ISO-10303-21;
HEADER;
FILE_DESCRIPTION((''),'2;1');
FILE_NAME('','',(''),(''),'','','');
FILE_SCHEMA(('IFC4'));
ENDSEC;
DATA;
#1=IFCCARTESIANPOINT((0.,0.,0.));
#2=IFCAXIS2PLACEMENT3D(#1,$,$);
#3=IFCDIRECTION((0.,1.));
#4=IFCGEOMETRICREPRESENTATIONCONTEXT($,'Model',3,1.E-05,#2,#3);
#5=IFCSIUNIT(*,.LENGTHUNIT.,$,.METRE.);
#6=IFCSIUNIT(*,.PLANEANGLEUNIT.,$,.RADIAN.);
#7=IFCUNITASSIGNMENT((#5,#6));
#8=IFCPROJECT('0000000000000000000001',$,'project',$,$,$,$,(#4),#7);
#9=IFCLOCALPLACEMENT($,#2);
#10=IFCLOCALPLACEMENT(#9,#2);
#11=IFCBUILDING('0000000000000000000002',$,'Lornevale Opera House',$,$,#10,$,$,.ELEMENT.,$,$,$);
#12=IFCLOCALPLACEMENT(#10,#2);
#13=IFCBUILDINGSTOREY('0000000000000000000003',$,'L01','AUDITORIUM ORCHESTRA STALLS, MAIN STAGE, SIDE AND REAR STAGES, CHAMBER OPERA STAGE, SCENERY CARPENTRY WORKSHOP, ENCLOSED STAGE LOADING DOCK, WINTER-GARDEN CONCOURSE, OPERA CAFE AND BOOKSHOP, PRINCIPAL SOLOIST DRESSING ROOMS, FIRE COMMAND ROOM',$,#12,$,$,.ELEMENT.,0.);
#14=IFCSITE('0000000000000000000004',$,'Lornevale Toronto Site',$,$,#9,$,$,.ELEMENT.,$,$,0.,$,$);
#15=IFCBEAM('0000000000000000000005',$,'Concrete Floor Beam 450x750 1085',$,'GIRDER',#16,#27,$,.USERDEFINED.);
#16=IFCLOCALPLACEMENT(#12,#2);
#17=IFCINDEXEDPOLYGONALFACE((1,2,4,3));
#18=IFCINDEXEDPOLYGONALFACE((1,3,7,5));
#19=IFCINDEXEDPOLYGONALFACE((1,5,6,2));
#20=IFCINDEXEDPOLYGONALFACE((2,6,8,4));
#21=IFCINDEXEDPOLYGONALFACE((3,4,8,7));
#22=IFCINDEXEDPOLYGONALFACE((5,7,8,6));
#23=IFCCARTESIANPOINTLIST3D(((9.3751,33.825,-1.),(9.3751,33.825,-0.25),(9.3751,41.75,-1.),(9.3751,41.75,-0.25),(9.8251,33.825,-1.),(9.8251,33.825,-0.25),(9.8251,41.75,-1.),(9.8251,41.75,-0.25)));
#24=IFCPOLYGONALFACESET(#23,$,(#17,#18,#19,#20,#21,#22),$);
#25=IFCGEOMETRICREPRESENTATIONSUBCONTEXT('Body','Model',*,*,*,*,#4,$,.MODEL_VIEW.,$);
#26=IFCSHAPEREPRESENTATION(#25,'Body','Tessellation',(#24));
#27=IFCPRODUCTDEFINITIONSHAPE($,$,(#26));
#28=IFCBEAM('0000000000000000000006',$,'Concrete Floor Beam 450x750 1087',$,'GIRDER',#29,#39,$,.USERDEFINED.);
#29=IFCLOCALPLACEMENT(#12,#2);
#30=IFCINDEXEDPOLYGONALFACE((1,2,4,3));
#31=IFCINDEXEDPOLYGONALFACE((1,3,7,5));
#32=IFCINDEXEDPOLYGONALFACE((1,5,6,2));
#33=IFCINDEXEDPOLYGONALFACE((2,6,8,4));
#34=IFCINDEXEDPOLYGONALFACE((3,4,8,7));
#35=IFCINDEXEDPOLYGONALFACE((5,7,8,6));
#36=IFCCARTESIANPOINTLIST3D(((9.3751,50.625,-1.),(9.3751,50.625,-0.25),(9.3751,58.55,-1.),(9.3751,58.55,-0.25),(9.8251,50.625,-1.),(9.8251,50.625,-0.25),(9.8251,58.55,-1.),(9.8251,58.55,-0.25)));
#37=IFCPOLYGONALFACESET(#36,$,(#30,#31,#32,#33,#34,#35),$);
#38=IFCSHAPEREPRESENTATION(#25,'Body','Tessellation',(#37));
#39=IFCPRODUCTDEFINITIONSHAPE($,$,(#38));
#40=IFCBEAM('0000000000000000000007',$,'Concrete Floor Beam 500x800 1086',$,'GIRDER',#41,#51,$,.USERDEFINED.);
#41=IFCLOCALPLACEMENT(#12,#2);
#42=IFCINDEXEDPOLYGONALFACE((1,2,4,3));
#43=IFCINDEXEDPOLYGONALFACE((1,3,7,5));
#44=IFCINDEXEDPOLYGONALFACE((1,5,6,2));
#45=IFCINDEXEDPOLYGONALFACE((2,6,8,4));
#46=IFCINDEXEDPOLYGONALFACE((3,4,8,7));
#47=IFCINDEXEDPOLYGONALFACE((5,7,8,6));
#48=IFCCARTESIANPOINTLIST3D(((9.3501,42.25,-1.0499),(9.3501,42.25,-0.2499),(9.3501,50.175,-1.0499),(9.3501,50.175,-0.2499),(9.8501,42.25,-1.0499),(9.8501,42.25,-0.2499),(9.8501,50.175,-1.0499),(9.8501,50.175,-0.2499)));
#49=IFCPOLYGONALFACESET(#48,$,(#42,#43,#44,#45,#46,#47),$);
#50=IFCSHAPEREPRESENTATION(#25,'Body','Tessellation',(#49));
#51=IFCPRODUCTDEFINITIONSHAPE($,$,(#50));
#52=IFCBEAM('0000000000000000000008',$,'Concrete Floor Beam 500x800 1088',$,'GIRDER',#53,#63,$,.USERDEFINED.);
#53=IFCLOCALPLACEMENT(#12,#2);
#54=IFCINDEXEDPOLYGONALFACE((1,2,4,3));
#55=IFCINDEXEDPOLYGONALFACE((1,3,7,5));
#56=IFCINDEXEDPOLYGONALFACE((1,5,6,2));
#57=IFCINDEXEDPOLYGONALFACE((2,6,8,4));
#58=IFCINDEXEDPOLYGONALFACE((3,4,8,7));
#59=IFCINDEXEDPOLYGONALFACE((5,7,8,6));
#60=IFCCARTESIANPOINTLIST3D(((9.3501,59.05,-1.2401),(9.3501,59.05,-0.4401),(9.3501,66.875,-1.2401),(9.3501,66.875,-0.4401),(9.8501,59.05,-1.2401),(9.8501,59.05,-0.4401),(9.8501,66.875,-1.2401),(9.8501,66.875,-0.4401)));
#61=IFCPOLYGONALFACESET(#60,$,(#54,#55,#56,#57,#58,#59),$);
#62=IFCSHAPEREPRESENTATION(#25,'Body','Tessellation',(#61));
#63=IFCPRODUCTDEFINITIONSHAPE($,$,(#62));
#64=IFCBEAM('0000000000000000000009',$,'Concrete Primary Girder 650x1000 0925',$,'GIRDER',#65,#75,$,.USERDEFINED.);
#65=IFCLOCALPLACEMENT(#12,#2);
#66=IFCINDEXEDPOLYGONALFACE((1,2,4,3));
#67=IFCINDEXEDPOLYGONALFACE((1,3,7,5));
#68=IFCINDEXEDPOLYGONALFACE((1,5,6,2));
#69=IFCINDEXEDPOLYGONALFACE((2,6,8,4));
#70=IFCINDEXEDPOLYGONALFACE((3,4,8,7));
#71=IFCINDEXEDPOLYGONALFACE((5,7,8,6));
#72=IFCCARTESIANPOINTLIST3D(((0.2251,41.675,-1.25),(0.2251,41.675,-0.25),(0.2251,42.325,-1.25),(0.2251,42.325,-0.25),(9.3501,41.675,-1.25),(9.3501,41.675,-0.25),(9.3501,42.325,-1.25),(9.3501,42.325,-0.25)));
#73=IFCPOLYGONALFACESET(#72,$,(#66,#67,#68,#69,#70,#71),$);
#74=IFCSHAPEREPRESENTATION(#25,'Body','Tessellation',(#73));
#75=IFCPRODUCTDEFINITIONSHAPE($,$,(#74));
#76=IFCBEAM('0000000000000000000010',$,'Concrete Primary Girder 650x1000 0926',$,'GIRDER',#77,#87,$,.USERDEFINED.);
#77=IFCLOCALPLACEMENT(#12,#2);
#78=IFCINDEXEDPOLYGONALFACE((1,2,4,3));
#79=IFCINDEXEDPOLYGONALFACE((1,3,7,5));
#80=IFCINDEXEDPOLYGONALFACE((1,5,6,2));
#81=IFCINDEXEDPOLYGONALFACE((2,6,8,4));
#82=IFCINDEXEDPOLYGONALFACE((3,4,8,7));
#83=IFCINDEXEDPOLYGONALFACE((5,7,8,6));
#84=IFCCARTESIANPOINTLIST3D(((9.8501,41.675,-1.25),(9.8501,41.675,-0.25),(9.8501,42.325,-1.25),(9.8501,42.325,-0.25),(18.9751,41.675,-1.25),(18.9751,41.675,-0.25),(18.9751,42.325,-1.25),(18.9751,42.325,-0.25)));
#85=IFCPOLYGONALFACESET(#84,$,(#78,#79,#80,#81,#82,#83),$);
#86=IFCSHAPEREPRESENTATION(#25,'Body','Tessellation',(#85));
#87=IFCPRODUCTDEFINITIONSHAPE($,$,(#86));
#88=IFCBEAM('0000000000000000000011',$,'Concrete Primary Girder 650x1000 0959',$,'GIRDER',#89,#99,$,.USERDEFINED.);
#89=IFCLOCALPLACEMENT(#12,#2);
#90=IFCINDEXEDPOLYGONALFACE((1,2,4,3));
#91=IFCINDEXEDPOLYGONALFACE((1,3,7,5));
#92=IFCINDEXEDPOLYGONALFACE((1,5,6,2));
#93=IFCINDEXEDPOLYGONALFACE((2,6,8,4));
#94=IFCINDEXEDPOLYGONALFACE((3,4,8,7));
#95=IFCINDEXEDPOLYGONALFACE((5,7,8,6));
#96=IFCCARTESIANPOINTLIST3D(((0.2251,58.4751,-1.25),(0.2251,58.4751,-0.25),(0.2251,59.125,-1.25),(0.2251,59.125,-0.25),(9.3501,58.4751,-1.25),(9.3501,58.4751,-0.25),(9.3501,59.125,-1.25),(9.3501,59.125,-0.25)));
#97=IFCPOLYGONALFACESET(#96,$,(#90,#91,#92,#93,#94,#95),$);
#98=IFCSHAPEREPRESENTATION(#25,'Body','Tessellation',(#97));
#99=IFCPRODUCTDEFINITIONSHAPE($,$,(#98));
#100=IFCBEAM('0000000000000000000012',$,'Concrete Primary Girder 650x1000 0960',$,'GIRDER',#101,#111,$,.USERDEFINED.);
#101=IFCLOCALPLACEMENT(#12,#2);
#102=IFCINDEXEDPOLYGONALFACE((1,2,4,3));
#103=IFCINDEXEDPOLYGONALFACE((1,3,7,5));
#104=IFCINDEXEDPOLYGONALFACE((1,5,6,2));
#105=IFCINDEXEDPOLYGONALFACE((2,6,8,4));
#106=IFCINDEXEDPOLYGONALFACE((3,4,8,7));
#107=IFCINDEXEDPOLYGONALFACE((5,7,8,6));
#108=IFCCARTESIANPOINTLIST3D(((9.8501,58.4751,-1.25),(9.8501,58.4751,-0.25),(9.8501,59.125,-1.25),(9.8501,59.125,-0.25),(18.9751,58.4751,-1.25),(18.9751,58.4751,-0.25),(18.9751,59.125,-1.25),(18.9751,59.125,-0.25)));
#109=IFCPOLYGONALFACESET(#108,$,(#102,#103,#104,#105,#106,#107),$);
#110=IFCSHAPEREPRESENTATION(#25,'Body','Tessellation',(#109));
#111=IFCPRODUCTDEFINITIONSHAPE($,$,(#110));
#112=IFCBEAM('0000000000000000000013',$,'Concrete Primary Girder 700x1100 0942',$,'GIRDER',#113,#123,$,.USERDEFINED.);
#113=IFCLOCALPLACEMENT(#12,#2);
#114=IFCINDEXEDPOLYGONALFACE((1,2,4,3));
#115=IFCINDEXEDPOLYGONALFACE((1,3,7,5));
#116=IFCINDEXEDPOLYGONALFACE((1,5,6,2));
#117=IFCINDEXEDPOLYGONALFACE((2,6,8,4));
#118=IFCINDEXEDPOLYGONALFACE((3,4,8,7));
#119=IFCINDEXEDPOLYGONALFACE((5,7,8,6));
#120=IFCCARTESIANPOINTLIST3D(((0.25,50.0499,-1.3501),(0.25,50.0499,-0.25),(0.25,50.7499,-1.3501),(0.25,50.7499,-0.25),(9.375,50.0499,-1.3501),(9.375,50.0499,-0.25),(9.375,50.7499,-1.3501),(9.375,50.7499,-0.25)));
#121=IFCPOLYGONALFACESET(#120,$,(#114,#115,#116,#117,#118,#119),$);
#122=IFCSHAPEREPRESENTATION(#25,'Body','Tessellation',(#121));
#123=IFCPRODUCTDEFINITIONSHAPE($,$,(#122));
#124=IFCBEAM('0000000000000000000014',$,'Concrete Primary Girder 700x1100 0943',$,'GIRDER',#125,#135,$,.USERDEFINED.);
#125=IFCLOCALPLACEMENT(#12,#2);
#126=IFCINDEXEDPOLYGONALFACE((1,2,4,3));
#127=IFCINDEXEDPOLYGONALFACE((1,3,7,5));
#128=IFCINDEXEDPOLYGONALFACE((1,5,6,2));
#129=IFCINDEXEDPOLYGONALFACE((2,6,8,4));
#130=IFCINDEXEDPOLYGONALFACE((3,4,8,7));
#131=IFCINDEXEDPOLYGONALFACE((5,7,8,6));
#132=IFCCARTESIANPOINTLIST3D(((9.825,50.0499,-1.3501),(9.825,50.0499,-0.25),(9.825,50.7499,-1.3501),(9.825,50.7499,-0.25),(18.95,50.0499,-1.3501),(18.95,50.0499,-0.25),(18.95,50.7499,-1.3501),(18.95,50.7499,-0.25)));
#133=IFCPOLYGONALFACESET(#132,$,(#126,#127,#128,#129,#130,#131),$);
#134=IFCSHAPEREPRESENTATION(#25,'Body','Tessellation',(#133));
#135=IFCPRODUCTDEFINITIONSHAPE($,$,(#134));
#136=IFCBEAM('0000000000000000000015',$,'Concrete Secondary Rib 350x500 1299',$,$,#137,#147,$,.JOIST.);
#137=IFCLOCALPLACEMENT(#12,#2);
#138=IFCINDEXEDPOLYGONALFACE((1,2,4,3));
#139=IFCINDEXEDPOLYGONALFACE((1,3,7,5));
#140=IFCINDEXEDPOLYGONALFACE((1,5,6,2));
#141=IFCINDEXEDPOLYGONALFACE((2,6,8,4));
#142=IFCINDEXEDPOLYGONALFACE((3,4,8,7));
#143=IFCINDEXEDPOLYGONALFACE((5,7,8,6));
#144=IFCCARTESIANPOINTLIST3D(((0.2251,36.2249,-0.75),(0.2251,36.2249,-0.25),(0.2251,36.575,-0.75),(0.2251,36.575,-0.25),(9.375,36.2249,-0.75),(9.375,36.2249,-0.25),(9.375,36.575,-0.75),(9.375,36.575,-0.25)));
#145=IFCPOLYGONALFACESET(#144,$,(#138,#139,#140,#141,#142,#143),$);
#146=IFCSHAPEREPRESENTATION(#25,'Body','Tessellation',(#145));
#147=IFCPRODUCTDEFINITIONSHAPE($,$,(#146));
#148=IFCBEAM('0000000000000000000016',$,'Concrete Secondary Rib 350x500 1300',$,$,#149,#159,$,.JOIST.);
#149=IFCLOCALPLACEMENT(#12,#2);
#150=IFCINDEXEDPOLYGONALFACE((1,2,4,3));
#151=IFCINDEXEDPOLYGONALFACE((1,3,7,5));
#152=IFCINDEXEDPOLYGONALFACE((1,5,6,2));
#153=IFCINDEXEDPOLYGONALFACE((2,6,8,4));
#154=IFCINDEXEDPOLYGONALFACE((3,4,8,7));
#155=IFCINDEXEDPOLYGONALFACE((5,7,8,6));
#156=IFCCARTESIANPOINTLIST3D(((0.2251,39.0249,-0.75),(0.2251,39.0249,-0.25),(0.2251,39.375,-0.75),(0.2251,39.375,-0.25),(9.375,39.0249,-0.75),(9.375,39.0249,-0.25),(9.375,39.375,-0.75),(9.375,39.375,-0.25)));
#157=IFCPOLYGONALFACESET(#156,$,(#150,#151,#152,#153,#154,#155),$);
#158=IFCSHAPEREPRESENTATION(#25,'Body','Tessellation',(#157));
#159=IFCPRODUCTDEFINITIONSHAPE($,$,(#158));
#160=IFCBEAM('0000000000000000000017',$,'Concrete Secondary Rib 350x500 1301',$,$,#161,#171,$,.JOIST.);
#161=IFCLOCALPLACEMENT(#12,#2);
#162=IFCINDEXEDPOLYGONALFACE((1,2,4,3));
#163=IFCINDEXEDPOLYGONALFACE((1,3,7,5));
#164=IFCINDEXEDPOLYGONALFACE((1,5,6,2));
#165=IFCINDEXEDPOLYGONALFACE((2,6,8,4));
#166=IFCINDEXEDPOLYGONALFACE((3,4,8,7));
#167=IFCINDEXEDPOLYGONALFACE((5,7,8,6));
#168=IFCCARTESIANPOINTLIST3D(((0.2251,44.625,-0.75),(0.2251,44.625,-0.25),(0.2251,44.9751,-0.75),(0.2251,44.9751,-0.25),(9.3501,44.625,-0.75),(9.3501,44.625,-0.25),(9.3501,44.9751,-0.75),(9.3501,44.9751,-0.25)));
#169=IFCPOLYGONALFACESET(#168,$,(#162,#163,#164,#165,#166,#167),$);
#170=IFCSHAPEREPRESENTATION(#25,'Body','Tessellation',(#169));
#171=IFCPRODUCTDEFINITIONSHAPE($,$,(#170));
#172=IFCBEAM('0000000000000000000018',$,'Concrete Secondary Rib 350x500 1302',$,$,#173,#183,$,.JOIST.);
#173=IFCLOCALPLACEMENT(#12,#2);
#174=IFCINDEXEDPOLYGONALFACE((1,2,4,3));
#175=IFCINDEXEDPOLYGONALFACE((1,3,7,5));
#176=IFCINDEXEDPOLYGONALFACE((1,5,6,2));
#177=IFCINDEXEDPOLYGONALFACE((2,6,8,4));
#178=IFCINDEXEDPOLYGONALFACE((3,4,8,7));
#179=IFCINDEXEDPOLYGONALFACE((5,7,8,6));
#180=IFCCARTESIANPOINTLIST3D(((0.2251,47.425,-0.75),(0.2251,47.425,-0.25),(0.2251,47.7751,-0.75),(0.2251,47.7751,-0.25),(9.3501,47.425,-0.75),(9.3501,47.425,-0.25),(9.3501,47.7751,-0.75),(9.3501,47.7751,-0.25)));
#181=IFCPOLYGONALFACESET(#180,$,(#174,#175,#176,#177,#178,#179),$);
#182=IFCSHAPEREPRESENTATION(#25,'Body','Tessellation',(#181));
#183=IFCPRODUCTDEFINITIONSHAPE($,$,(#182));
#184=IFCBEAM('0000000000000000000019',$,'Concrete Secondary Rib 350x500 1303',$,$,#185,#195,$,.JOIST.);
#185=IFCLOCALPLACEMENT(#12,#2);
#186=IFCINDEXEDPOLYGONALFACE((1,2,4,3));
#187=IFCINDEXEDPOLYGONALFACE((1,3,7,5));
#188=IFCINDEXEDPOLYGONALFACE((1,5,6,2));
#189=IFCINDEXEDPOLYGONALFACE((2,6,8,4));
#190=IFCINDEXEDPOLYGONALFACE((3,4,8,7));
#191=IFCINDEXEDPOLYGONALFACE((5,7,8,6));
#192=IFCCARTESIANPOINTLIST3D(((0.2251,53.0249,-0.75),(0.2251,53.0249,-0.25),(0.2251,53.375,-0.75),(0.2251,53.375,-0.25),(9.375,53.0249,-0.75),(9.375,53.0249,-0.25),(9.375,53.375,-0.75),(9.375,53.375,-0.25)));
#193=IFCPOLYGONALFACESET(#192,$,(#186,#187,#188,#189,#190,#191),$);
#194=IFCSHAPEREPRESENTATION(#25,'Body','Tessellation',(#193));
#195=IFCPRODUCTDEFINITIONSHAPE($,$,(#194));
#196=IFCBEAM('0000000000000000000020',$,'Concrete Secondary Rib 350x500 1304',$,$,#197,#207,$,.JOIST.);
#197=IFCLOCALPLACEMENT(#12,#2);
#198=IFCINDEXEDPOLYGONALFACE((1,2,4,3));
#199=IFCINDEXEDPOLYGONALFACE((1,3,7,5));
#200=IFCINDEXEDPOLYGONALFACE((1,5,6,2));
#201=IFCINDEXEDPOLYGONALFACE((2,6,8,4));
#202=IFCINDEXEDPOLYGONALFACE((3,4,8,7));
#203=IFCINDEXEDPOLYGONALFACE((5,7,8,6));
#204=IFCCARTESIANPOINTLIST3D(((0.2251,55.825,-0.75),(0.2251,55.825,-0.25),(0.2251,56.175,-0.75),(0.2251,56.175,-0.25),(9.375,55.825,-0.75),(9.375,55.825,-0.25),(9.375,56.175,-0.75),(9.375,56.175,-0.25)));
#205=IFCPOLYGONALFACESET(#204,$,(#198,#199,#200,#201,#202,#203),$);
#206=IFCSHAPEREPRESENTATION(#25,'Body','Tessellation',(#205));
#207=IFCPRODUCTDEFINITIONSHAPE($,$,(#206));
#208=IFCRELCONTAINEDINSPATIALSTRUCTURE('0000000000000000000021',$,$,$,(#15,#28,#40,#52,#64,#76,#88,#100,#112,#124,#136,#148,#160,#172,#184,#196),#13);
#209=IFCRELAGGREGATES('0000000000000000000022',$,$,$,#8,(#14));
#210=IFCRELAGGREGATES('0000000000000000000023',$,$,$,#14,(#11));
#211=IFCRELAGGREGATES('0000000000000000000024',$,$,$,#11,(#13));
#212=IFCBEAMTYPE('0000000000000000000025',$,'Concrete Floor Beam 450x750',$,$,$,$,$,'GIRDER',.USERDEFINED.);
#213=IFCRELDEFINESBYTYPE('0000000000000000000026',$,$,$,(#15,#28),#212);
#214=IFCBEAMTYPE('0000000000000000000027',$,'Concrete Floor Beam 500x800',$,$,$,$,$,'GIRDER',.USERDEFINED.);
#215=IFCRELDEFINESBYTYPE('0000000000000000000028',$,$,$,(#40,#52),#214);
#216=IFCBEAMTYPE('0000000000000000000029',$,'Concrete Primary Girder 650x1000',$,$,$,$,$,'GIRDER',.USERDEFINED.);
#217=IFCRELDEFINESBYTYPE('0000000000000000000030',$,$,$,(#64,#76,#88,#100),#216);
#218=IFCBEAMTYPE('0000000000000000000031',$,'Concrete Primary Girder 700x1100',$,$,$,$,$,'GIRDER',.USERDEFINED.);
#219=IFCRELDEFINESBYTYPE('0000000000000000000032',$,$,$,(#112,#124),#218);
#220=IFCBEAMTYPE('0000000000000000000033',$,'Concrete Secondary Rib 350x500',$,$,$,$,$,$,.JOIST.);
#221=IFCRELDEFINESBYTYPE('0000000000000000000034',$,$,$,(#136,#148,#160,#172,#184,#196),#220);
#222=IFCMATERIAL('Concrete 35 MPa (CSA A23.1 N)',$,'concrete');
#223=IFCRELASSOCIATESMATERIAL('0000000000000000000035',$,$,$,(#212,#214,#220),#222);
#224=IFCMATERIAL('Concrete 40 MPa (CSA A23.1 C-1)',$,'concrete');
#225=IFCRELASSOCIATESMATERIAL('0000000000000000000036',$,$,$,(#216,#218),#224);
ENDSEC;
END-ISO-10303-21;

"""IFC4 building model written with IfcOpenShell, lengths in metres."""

from ifc_helpers import new_model, si_unit, direction, frame, origin, origin_2d, place, context, subcontext, project, spatial, rectangle, extrude, material, material_profile, profile_set, type_object, element, save


model = new_model("IFC4")

# Units and contexts
model_context = context("Model", 3, precision=1e-05, world=origin(), true_north=direction((0.0, 1.0)))
body_context = subcontext(model_context, "Body", "Model", "MODEL_VIEW")
ifc_project = project(units=[si_unit("LENGTHUNIT", "METRE"), si_unit("PLANEANGLEUNIT", "RADIAN")], contexts=[model_context])

# Site, building, storey
site_placement = place(None, origin())
site = spatial("IfcSite", under=ifc_project, at=site_placement, Name="Lornevale Toronto Site", CompositionType="ELEMENT", RefElevation=0.0)
building_placement = place(site_placement, origin())
building = spatial("IfcBuilding", under=site, at=building_placement, Name="Lornevale Opera House", CompositionType="ELEMENT")
storey_placement = place(building_placement, origin())
storey = spatial("IfcBuildingStorey", under=building, at=storey_placement, Name="L01", Description="AUDITORIUM ORCHESTRA STALLS, MAIN STAGE, SIDE AND REAR STAGES, CHAMBER OPERA STAGE, SCENERY CARPENTRY WORKSHOP, ENCLOSED STAGE LOADING DOCK, WINTER-GARDEN CONCOURSE, OPERA CAFE AND BOOKSHOP, PRINCIPAL SOLOIST DRESSING ROOMS, FIRE COMMAND ROOM", CompositionType="ELEMENT", Elevation=0.0)

# Beams
ifc_material_1 = material(Name="Concrete 35 MPa (CSA A23.1 N)", Category="concrete")
ifc_material_profile_1 = material_profile(ifc_material_1, rectangle(XDim=0.45, YDim=0.75, at=origin_2d()), Name="RC450x750")
ifc_profile_set_1 = profile_set([ifc_material_profile_1], Name="Concrete 35 MPa (CSA A23.1 N)")
beam_type_1 = type_object("IfcBeamType", Name="Concrete Floor Beam 450x750", ElementType="GIRDER", PredefinedType="USERDEFINED", material=ifc_profile_set_1)
for number, where, z_axis, x_axis, name in (
    (1, (9.6001, 33.825, -0.625), (0.0, 1.0, 0.0), (-1.0, 0.0, 0.0), "Concrete Floor Beam 450x750 1085"),
    (2, (9.6001, 50.625, -0.625), (0.0, 1.0, 0.0), (-1.0, 0.0, 0.0), "Concrete Floor Beam 450x750 1087"),
):
    element("IfcBeam", number, at=place(storey_placement, frame(where, z_axis=z_axis, x_axis=x_axis)), inside=storey, type_object=beam_type_1, Name=name, ObjectType="GIRDER", PredefinedType="USERDEFINED", context=body_context, shape_type="SweptSolid", body=[
        extrude(rectangle(XDim=0.45, YDim=0.75, at=origin_2d()), origin(), (0.0, 0.0, 1.0), 7.925),
    ])
ifc_material_profile_2 = material_profile(ifc_material_1, rectangle(XDim=0.5, YDim=0.8, at=origin_2d()), Name="RC500x800")
ifc_profile_set_2 = profile_set([ifc_material_profile_2], Name="Concrete 35 MPa (CSA A23.1 N)")
beam_type_2 = type_object("IfcBeamType", Name="Concrete Floor Beam 500x800", ElementType="GIRDER", PredefinedType="USERDEFINED", material=ifc_profile_set_2)
beam_1_placement = place(storey_placement, frame((9.6001, 42.25, -0.6499), z_axis=(0.0, 1.0, 0.0), x_axis=(-1.0, 0.0, 0.0)))
element("IfcBeam", 3, at=beam_1_placement, inside=storey, type_object=beam_type_2, Name="Concrete Floor Beam 500x800 1086", ObjectType="GIRDER", PredefinedType="USERDEFINED", context=body_context, shape_type="SweptSolid", body=[
    extrude(rectangle(XDim=0.5, YDim=0.8, at=origin_2d()), origin(), (0.0, 0.0, 1.0), 7.925),
])
beam_2_placement = place(storey_placement, frame((9.6001, 59.05, -0.8401), z_axis=(0.0, 1.0, 0.0), x_axis=(-1.0, 0.0, 0.0)))
element("IfcBeam", 4, at=beam_2_placement, inside=storey, type_object=beam_type_2, Name="Concrete Floor Beam 500x800 1088", ObjectType="GIRDER", PredefinedType="USERDEFINED", context=body_context, shape_type="SweptSolid", body=[
    extrude(rectangle(XDim=0.5, YDim=0.8, at=origin_2d()), origin(), (0.0, 0.0, 1.0), 7.825),
])
ifc_material_2 = material(Name="Concrete 40 MPa (CSA A23.1 C-1)", Category="concrete")
ifc_material_profile_3 = material_profile(ifc_material_2, rectangle(XDim=0.6499, YDim=1.0, at=origin_2d()), Name="RC650x1000")
ifc_profile_set_3 = profile_set([ifc_material_profile_3], Name="Concrete 40 MPa (CSA A23.1 C-1)")
beam_type_3 = type_object("IfcBeamType", Name="Concrete Primary Girder 650x1000", ElementType="GIRDER", PredefinedType="USERDEFINED", material=ifc_profile_set_3)
for number, where, z_axis, x_axis, name in (
    (5, (0.2251, 42.0, -0.75), (1.0, 0.0, 0.0), (0.0, 1.0, 0.0), "Concrete Primary Girder 650x1000 0925"),
    (6, (9.8501, 42.0, -0.75), (1.0, 0.0, 0.0), (0.0, 1.0, 0.0), "Concrete Primary Girder 650x1000 0926"),
    (7, (0.2251, 58.8, -0.75), (1.0, 0.0, 0.0), (0.0, 1.0, 0.0), "Concrete Primary Girder 650x1000 0959"),
    (8, (9.8501, 58.8, -0.75), (1.0, 0.0, 0.0), (0.0, 1.0, 0.0), "Concrete Primary Girder 650x1000 0960"),
):
    element("IfcBeam", number, at=place(storey_placement, frame(where, z_axis=z_axis, x_axis=x_axis)), inside=storey, type_object=beam_type_3, Name=name, ObjectType="GIRDER", PredefinedType="USERDEFINED", context=body_context, shape_type="SweptSolid", body=[
        extrude(rectangle(XDim=0.6499, YDim=1.0, at=origin_2d()), origin(), (0.0, 0.0, 1.0), 9.125),
    ])
ifc_material_profile_4 = material_profile(ifc_material_2, rectangle(XDim=0.7, YDim=1.1001, at=origin_2d()), Name="RC700x1100")
ifc_profile_set_4 = profile_set([ifc_material_profile_4], Name="Concrete 40 MPa (CSA A23.1 C-1)")
beam_type_4 = type_object("IfcBeamType", Name="Concrete Primary Girder 700x1100", ElementType="GIRDER", PredefinedType="USERDEFINED", material=ifc_profile_set_4)
for number, where, z_axis, x_axis, name in (
    (9, (0.25, 50.3999, -0.8), (1.0, 0.0, 0.0), (0.0, 1.0, 0.0), "Concrete Primary Girder 700x1100 0942"),
    (10, (9.825, 50.3999, -0.8), (1.0, 0.0, 0.0), (0.0, 1.0, 0.0), "Concrete Primary Girder 700x1100 0943"),
):
    element("IfcBeam", number, at=place(storey_placement, frame(where, z_axis=z_axis, x_axis=x_axis)), inside=storey, type_object=beam_type_4, Name=name, ObjectType="GIRDER", PredefinedType="USERDEFINED", context=body_context, shape_type="SweptSolid", body=[
        extrude(rectangle(XDim=0.7, YDim=1.1001, at=origin_2d()), origin(), (0.0, 0.0, 1.0), 9.125),
    ])
ifc_material_profile_5 = material_profile(ifc_material_1, rectangle(XDim=0.3501, YDim=0.5, at=origin_2d()), Name="RC350x500")
ifc_profile_set_5 = profile_set([ifc_material_profile_5], Name="Concrete 35 MPa (CSA A23.1 N)")
beam_type_5 = type_object("IfcBeamType", Name="Concrete Secondary Rib 350x500", PredefinedType="JOIST", material=ifc_profile_set_5)
for number, where, z_axis, x_axis, name in (
    (11, (0.2251, 36.3999, -0.5), (1.0, 0.0, 0.0), (0.0, 1.0, 0.0), "Concrete Secondary Rib 350x500 1299"),
    (12, (0.2251, 39.2, -0.5), (1.0, 0.0, 0.0), (0.0, 1.0, 0.0), "Concrete Secondary Rib 350x500 1300"),
):
    element("IfcBeam", number, at=place(storey_placement, frame(where, z_axis=z_axis, x_axis=x_axis)), inside=storey, type_object=beam_type_5, Name=name, PredefinedType="JOIST", context=body_context, shape_type="SweptSolid", body=[
        extrude(rectangle(XDim=0.3501, YDim=0.5, at=origin_2d()), origin(), (0.0, 0.0, 1.0), 9.1499),
    ])
for number, where, z_axis, x_axis, name in (
    (13, (0.2251, 44.8, -0.5), (1.0, 0.0, 0.0), (0.0, 1.0, 0.0), "Concrete Secondary Rib 350x500 1301"),
    (14, (0.2251, 47.6001, -0.5), (1.0, 0.0, 0.0), (0.0, 1.0, 0.0), "Concrete Secondary Rib 350x500 1302"),
):
    element("IfcBeam", number, at=place(storey_placement, frame(where, z_axis=z_axis, x_axis=x_axis)), inside=storey, type_object=beam_type_5, Name=name, PredefinedType="JOIST", context=body_context, shape_type="SweptSolid", body=[
        extrude(rectangle(XDim=0.3501, YDim=0.5, at=origin_2d()), origin(), (0.0, 0.0, 1.0), 9.125),
    ])
for number, where, z_axis, x_axis, name in (
    (15, (0.2251, 53.2, -0.5), (1.0, 0.0, 0.0), (0.0, 1.0, 0.0), "Concrete Secondary Rib 350x500 1303"),
    (16, (0.2251, 56.0, -0.5), (1.0, 0.0, 0.0), (0.0, 1.0, 0.0), "Concrete Secondary Rib 350x500 1304"),
):
    element("IfcBeam", number, at=place(storey_placement, frame(where, z_axis=z_axis, x_axis=x_axis)), inside=storey, type_object=beam_type_5, Name=name, PredefinedType="JOIST", context=body_context, shape_type="SweptSolid", body=[
        extrude(rectangle(XDim=0.3501, YDim=0.5, at=origin_2d()), origin(), (0.0, 0.0, 1.0), 9.1499),
    ])

save(model, "model.ifc")
